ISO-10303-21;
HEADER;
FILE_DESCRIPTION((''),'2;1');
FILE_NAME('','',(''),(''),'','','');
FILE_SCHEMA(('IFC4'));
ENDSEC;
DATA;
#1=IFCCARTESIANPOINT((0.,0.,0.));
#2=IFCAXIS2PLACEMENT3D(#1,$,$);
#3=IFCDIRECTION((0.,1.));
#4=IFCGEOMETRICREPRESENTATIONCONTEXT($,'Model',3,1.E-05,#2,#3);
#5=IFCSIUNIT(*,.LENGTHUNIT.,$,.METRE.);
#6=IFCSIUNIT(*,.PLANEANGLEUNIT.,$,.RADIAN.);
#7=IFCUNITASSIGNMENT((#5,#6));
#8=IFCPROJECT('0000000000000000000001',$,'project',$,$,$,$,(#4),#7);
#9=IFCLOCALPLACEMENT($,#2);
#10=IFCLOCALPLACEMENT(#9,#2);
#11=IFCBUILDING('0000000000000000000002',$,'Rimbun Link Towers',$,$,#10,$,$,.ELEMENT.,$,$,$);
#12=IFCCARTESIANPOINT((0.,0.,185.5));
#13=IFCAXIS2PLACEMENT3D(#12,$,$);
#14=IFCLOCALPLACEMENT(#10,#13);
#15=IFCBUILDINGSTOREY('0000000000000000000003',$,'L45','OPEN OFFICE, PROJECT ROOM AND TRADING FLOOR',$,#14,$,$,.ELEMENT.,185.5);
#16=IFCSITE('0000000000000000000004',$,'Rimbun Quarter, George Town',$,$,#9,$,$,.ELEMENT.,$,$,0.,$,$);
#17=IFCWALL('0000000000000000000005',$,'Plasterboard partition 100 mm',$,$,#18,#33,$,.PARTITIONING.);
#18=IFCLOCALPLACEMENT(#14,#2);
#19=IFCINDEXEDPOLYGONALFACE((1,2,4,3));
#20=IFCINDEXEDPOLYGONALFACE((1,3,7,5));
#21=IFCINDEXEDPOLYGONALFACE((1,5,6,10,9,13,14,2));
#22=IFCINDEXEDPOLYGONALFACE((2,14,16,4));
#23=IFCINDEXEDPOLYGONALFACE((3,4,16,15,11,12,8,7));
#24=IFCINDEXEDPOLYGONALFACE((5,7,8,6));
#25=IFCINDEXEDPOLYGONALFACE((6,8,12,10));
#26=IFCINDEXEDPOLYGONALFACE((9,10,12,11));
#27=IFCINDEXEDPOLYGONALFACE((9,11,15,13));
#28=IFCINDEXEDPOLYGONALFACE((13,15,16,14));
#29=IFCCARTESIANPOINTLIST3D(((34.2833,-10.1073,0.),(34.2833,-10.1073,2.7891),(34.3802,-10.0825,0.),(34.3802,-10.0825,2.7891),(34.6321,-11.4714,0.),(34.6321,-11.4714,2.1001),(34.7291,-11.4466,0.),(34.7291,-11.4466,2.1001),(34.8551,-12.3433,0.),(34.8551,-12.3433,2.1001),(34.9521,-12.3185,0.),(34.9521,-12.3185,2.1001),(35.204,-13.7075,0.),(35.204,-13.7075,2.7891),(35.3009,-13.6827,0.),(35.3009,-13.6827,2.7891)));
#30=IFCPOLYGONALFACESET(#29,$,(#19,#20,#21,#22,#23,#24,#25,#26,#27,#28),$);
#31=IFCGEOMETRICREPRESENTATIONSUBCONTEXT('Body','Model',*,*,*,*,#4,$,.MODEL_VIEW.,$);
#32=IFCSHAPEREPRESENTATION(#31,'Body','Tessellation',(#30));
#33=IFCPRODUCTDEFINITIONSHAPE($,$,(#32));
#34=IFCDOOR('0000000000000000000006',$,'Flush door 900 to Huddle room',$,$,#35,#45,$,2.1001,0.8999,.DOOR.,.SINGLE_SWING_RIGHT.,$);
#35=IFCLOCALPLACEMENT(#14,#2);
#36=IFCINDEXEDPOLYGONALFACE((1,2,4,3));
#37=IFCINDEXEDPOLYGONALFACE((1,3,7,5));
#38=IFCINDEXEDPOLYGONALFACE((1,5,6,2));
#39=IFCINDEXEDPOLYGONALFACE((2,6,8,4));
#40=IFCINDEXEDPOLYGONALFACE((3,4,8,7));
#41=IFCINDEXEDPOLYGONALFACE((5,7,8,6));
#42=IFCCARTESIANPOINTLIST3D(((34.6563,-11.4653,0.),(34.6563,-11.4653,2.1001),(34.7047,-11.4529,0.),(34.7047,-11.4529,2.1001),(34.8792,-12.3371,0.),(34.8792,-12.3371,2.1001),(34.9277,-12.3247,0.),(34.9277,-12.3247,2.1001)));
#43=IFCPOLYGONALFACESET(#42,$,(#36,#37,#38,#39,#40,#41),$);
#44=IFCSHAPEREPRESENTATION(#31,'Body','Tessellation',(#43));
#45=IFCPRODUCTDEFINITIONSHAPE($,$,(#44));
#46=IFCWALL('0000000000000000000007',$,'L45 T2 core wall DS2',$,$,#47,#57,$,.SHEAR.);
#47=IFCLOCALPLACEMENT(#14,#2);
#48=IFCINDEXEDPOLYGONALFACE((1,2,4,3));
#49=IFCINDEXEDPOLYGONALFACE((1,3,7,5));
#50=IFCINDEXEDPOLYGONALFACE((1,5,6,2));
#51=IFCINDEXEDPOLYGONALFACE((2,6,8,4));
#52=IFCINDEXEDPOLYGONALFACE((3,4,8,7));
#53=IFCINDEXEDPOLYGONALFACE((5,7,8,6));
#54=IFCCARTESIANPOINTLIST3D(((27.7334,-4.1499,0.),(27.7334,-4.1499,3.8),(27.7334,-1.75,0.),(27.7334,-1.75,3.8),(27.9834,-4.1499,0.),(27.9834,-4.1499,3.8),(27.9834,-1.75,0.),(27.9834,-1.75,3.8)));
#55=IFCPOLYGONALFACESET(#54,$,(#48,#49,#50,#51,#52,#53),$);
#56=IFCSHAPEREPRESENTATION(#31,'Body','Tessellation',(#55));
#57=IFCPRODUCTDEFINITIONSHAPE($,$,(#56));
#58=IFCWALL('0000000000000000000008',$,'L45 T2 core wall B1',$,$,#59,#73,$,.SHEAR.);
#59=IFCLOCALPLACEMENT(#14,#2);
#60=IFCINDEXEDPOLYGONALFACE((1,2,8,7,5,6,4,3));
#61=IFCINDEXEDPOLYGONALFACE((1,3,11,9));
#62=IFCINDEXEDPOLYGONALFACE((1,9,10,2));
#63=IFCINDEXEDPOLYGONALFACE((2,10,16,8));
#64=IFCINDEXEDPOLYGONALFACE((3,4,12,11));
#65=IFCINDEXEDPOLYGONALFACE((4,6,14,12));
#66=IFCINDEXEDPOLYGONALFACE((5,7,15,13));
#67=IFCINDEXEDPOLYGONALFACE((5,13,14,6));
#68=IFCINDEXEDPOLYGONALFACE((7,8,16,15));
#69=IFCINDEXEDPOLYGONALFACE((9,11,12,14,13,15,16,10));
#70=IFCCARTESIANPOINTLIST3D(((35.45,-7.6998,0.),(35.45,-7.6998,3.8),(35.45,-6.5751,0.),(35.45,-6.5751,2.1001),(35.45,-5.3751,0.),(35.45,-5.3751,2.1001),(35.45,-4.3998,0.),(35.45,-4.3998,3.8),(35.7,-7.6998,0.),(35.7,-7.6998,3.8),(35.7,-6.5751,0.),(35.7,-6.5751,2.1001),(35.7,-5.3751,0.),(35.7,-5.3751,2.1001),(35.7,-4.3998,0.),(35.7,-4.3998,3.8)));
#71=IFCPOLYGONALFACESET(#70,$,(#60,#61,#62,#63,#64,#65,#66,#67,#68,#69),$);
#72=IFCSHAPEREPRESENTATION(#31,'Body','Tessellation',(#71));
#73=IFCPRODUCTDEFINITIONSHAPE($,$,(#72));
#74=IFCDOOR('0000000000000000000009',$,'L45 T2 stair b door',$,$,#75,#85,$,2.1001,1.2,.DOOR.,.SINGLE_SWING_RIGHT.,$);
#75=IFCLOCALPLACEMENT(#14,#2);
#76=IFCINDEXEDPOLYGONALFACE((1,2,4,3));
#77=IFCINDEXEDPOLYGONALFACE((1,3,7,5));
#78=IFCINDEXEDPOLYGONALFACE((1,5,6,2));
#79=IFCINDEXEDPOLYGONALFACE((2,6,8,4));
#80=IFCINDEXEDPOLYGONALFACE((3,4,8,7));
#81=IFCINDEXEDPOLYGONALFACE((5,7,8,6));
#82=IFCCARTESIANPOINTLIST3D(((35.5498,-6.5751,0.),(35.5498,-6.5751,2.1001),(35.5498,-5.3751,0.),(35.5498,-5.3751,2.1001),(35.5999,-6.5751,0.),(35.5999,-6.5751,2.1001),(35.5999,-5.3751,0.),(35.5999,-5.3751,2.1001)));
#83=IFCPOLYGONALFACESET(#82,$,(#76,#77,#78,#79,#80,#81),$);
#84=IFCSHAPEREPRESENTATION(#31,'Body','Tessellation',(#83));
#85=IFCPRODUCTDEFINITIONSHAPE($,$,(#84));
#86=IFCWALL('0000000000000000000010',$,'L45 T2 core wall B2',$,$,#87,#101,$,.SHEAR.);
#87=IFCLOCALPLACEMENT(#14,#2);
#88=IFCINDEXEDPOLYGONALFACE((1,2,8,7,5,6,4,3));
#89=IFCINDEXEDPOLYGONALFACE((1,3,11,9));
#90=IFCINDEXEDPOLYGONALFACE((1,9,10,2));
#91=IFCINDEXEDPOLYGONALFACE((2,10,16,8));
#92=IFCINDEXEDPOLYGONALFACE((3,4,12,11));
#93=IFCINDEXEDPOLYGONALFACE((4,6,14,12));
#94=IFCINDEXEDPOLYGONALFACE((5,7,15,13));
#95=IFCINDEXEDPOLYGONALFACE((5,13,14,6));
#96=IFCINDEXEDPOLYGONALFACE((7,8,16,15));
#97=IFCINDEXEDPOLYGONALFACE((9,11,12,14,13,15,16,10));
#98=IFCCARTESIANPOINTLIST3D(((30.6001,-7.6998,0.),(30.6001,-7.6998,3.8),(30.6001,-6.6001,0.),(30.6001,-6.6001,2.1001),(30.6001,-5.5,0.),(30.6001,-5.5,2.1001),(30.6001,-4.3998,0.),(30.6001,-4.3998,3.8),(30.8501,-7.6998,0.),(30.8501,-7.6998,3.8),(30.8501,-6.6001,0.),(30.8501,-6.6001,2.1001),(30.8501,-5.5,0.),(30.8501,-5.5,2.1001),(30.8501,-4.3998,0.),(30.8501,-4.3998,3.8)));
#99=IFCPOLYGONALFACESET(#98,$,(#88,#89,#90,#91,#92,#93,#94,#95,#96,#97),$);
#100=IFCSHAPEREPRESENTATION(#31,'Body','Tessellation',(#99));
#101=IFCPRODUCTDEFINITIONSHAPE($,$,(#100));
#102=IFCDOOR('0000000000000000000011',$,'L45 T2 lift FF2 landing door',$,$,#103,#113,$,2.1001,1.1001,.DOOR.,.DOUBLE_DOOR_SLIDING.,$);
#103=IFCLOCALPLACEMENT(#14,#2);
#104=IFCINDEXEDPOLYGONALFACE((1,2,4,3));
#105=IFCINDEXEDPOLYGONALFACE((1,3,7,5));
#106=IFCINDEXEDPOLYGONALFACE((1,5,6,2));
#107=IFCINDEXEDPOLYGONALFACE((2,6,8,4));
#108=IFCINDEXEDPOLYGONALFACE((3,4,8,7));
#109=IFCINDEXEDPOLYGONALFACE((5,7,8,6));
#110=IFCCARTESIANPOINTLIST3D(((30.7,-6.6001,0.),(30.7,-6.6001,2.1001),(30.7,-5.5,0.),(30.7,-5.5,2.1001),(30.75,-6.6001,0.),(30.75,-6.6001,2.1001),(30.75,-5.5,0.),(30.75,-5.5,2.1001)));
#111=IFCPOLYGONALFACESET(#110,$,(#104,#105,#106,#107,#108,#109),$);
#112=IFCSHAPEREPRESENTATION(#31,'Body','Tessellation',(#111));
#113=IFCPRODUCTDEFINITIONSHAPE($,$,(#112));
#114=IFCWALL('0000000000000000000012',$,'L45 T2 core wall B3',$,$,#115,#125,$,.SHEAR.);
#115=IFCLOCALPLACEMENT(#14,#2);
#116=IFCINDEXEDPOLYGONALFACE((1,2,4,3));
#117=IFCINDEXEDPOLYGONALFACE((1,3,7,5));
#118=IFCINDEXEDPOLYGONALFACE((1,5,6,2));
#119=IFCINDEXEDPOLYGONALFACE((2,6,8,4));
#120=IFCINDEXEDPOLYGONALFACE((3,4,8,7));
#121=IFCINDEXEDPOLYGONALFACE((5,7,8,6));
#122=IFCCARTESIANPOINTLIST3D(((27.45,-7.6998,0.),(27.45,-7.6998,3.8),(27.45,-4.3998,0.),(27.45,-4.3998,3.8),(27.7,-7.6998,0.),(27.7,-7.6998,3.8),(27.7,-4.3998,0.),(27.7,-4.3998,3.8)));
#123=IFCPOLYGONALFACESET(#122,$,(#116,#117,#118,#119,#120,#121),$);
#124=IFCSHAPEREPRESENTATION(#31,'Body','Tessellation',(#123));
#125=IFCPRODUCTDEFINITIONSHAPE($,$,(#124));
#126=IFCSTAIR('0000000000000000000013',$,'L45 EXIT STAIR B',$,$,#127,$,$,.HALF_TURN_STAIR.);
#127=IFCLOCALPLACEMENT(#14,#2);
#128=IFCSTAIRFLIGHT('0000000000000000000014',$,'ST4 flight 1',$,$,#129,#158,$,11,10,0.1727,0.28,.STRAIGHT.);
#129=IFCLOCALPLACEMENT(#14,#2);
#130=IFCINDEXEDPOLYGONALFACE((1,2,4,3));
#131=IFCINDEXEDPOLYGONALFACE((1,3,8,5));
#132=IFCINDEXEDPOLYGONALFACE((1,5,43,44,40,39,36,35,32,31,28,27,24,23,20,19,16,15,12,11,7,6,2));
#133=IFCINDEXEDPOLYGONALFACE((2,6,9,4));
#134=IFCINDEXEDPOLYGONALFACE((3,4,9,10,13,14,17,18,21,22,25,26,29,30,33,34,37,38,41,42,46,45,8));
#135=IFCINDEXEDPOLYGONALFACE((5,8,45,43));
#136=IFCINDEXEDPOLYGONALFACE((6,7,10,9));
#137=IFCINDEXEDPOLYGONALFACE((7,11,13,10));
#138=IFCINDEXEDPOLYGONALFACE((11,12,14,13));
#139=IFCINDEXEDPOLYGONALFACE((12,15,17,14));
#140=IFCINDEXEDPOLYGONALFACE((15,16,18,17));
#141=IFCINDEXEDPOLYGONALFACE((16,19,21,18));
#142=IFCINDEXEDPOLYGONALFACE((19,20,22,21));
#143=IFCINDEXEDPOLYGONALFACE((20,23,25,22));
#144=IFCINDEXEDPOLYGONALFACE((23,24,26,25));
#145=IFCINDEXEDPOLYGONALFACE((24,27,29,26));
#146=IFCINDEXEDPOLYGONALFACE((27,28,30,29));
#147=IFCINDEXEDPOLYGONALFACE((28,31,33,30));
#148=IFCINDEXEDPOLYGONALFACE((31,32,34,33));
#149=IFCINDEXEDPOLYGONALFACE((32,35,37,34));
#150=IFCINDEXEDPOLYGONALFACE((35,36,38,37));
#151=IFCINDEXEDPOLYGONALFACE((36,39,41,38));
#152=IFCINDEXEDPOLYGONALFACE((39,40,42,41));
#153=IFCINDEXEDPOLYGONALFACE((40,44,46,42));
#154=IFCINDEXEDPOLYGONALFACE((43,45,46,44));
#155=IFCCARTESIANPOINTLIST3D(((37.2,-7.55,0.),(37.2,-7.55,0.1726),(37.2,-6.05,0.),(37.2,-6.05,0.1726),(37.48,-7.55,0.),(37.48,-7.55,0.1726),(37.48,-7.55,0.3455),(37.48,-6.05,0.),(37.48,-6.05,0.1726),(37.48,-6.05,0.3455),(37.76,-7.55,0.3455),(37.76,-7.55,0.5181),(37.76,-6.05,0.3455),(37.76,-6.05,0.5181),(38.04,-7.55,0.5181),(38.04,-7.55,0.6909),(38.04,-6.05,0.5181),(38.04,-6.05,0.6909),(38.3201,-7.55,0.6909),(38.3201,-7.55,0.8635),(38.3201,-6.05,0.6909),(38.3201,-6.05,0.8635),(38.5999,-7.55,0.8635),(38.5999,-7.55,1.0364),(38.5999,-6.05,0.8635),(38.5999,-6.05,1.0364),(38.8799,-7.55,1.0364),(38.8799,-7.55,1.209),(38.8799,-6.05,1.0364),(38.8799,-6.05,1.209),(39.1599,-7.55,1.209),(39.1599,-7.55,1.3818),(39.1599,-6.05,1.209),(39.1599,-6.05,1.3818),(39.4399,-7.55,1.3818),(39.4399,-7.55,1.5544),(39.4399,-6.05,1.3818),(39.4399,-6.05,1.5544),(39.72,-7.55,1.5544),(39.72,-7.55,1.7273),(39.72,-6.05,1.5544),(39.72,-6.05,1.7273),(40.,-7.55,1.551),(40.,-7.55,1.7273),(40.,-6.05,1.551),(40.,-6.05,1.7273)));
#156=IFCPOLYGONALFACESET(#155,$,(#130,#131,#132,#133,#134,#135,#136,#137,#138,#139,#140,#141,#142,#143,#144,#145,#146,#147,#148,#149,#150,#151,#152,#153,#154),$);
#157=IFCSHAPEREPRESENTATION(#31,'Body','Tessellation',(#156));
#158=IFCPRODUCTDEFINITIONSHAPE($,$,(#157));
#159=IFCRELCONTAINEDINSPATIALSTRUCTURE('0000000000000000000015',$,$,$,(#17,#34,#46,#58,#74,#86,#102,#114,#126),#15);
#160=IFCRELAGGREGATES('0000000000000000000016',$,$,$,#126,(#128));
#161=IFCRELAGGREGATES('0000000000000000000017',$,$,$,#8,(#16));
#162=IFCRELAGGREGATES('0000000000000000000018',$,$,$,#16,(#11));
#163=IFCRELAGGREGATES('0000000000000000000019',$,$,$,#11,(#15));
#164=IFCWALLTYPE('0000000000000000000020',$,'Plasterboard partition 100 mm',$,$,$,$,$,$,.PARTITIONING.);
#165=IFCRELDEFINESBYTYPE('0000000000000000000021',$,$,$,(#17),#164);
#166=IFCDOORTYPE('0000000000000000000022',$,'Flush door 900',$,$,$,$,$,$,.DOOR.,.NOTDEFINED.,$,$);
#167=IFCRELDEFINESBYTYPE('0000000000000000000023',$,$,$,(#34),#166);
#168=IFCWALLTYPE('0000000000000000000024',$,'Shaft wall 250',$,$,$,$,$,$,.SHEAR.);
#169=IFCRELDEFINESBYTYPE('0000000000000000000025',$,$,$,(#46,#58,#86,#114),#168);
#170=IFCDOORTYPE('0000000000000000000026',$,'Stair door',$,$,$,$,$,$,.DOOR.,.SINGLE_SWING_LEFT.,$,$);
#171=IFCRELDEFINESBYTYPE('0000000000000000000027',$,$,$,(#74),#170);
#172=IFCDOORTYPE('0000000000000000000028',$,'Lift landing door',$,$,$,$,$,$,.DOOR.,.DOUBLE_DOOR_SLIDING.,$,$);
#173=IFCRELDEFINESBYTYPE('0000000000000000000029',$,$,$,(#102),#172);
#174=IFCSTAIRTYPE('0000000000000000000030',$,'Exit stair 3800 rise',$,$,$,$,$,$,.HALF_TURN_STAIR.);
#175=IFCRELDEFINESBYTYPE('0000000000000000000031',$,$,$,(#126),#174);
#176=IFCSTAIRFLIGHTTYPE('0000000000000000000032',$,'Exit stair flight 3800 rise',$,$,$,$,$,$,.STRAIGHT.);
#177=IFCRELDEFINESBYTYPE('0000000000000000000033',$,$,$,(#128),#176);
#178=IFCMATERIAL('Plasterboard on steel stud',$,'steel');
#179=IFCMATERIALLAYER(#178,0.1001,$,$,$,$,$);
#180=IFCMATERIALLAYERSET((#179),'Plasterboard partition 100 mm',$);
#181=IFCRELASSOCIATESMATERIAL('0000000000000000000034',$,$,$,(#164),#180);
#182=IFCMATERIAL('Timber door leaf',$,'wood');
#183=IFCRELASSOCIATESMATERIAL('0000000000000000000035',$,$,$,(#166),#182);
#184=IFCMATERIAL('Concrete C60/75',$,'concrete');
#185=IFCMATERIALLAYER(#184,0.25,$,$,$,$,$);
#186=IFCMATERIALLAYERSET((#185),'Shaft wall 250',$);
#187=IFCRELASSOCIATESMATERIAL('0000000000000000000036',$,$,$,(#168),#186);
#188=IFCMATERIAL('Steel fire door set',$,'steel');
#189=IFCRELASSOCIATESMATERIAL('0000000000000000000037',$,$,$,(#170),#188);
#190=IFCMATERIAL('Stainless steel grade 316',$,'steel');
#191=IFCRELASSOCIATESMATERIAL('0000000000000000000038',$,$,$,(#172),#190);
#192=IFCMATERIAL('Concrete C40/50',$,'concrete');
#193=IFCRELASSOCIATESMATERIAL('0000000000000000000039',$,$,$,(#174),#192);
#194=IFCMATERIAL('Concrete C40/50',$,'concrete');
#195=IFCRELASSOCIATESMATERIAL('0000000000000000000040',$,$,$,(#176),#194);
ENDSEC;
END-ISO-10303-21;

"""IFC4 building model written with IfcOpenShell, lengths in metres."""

from ifc_helpers import new_model, si_unit, direction, frame, frame_2d, origin, place, context, subcontext, project, spatial, polyline, rectangle, outline, extrude, material, layer, layer_set, type_object, element, fill, aggregate, save


model = new_model("IFC4")

# Units and contexts
model_context = context("Model", 3, precision=1e-05, world=origin(), true_north=direction((0.0, 1.0)))
body_context = subcontext(model_context, "Body", "Model", "MODEL_VIEW")
ifc_project = project(units=[si_unit("LENGTHUNIT", "METRE"), si_unit("PLANEANGLEUNIT", "RADIAN")], contexts=[model_context])

# Site, building, storey
site_placement = place(None, origin())
site = spatial("IfcSite", under=ifc_project, at=site_placement, Name="Rimbun Quarter, George Town", CompositionType="ELEMENT", RefElevation=0.0)
building_placement = place(site_placement, origin())
building = spatial("IfcBuilding", under=site, at=building_placement, Name="Rimbun Link Towers", CompositionType="ELEMENT")
storey_placement = place(building_placement, frame((0.0, 0.0, 185.5)))
storey = spatial("IfcBuildingStorey", under=building, at=storey_placement, Name="L45", Description="OPEN OFFICE, PROJECT ROOM AND TRADING FLOOR", CompositionType="ELEMENT", Elevation=185.5)

# Wall, opening, door
ifc_material_1 = material(Name="Plasterboard on steel stud", Category="steel")
ifc_layer_1 = layer(ifc_material_1, 0.1001)
ifc_layer_set_1 = layer_set([ifc_layer_1], Name="Plasterboard partition 100 mm")
wall_type_1 = type_object("IfcWallType", Name="Plasterboard partition 100 mm", PredefinedType="PARTITIONING", material=ifc_layer_set_1)
ifc_material_2 = material(Name="Timber door leaf", Category="wood")
door_type_1 = type_object("IfcDoorType", Name="Flush door 900", OperationType="NOTDEFINED", PredefinedType="DOOR", material=ifc_material_2)
wall_1_placement = place(storey_placement, frame((34.3318, -10.095, 0.0), z_axis=(0.0, 0.0, 1.0), x_axis=(0.247757, -0.968822, 0.0)))
wall_1 = element("IfcWall", 1, at=wall_1_placement, inside=storey, type_object=wall_type_1, Name="Plasterboard partition 100 mm", PredefinedType="PARTITIONING", context=body_context, shape_type="SweptSolid", body=[
    extrude(rectangle(XDim=3.7161, YDim=0.1001, at=frame_2d((1.8579, 0.0))), origin(), (0.0, 0.0, 1.0), 2.7891),
])
opening_1_placement = place(wall_1_placement, frame((1.408, 0.0, 0.0)))
opening_1 = element("IfcOpeningElement", 2, at=opening_1_placement, cuts=wall_1, PredefinedType="OPENING", context=body_context, shape_type="SweptSolid", body=[
    extrude(rectangle(XDim=0.8999, YDim=2.1001, at=frame_2d((0.45, 1.05))), frame((0.0, 0.0601, 0.0), z_axis=(0.0, -1.0, 0.0), x_axis=(1.0, 0.0, 0.0)), (0.0, 0.0, 1.0), 0.1201),
])
door_1_placement = place(opening_1_placement, origin())
door_1 = element("IfcDoor", 3, at=door_1_placement, inside=storey, type_object=door_type_1, Name="Flush door 900 to Huddle room", OperationType="SINGLE_SWING_RIGHT", OverallHeight=2.1001, OverallWidth=0.8999, PredefinedType="DOOR", context=body_context, shape_type="SweptSolid", body=[
    extrude(rectangle(XDim=0.8999, YDim=2.1001, at=frame_2d((0.45, 1.05))), frame((0.0, 0.0249, 0.0), z_axis=(0.0, -1.0, 0.0), x_axis=(1.0, 0.0, 0.0)), (0.0, 0.0, 1.0), 0.05),
])
fill(opening_1, door_1)

# Wall
ifc_material_3 = material(Name="Concrete C60/75", Category="concrete")
ifc_layer_2 = layer(ifc_material_3, 0.25)
ifc_layer_set_2 = layer_set([ifc_layer_2], Name="Shaft wall 250")
wall_type_2 = type_object("IfcWallType", Name="Shaft wall 250", PredefinedType="SHEAR", material=ifc_layer_set_2)
wall_2_placement = place(storey_placement, frame((27.8584, -4.1499, 0.0), z_axis=(0.0, 0.0, 1.0), x_axis=(0.0, 1.0, 0.0)))
element("IfcWall", 4, at=wall_2_placement, inside=storey, type_object=wall_type_2, Name="L45 T2 core wall DS2", PredefinedType="SHEAR", context=body_context, shape_type="SweptSolid", body=[
    extrude(rectangle(XDim=2.3999, YDim=0.25, at=frame_2d((1.2, 0.0))), origin(), (0.0, 0.0, 1.0), 3.8),
])

# Walls, openings, doors
wall_3_placement = place(storey_placement, frame((35.575, -4.3999, 0.0), z_axis=(0.0, 0.0, 1.0), x_axis=(0.0, -1.0, 0.0)))
wall_3 = element("IfcWall", 5, at=wall_3_placement, inside=storey, type_object=wall_type_2, Name="L45 T2 core wall B1", PredefinedType="SHEAR", context=body_context, shape_type="SweptSolid", body=[
    extrude(rectangle(XDim=3.3, YDim=0.25, at=frame_2d((1.6499, 0.0))), origin(), (0.0, 0.0, 1.0), 3.8),
])
opening_2_placement = place(wall_3_placement, frame((0.9751, 0.0, 0.0)))
opening_2 = element("IfcOpeningElement", 6, at=opening_2_placement, cuts=wall_3, PredefinedType="OPENING", context=body_context, shape_type="SweptSolid", body=[
    extrude(rectangle(XDim=1.2, YDim=2.1001, at=frame_2d((0.6001, 1.05))), frame((0.0, 0.135, 0.0), z_axis=(0.0, -1.0, 0.0), x_axis=(1.0, 0.0, 0.0)), (0.0, 0.0, 1.0), 0.27),
])
ifc_material_4 = material(Name="Steel fire door set", Category="steel")
door_type_2 = type_object("IfcDoorType", Name="Stair door", OperationType="SINGLE_SWING_LEFT", PredefinedType="DOOR", material=ifc_material_4)
door_2_placement = place(opening_2_placement, origin())
door_2 = element("IfcDoor", 7, at=door_2_placement, inside=storey, type_object=door_type_2, Name="L45 T2 stair b door", OperationType="SINGLE_SWING_RIGHT", OverallHeight=2.1001, OverallWidth=1.2, PredefinedType="DOOR", context=body_context, shape_type="SweptSolid", body=[
    extrude(rectangle(XDim=1.2, YDim=2.1001, at=frame_2d((0.6001, 1.05))), frame((0.0, 0.0249, 0.0), z_axis=(0.0, -1.0, 0.0), x_axis=(1.0, 0.0, 0.0)), (0.0, 0.0, 1.0), 0.05),
])
fill(opening_2, door_2)
wall_4_placement = place(storey_placement, frame((30.7251, -4.3999, 0.0), z_axis=(0.0, 0.0, 1.0), x_axis=(0.0, -1.0, 0.0)))
wall_4 = element("IfcWall", 8, at=wall_4_placement, inside=storey, type_object=wall_type_2, Name="L45 T2 core wall B2", PredefinedType="SHEAR", context=body_context, shape_type="SweptSolid", body=[
    extrude(rectangle(XDim=3.3, YDim=0.25, at=frame_2d((1.6499, 0.0))), origin(), (0.0, 0.0, 1.0), 3.8),
])
opening_3_placement = place(wall_4_placement, frame((1.1001, 0.0, 0.0)))
opening_3 = element("IfcOpeningElement", 9, at=opening_3_placement, cuts=wall_4, PredefinedType="OPENING", context=body_context, shape_type="SweptSolid", body=[
    extrude(rectangle(XDim=1.1001, YDim=2.1001, at=frame_2d((0.55, 1.05))), frame((0.0, 0.135, 0.0), z_axis=(0.0, -1.0, 0.0), x_axis=(1.0, 0.0, 0.0)), (0.0, 0.0, 1.0), 0.27),
])
ifc_material_5 = material(Name="Stainless steel grade 316", Category="steel")
door_type_3 = type_object("IfcDoorType", Name="Lift landing door", OperationType="DOUBLE_DOOR_SLIDING", PredefinedType="DOOR", material=ifc_material_5)
door_3_placement = place(opening_3_placement, origin())
door_3 = element("IfcDoor", 10, at=door_3_placement, inside=storey, type_object=door_type_3, Name="L45 T2 lift FF2 landing door", OperationType="DOUBLE_DOOR_SLIDING", OverallHeight=2.1001, OverallWidth=1.1001, PredefinedType="DOOR", context=body_context, shape_type="SweptSolid", body=[
    extrude(rectangle(XDim=1.1001, YDim=2.1001, at=frame_2d((0.55, 1.05))), frame((0.0, 0.0249, 0.0), z_axis=(0.0, -1.0, 0.0), x_axis=(1.0, 0.0, 0.0)), (0.0, 0.0, 1.0), 0.05),
])
fill(opening_3, door_3)

# Wall
wall_5_placement = place(storey_placement, frame((27.575, -4.3999, 0.0), z_axis=(0.0, 0.0, 1.0), x_axis=(0.0, -1.0, 0.0)))
element("IfcWall", 11, at=wall_5_placement, inside=storey, type_object=wall_type_2, Name="L45 T2 core wall B3", PredefinedType="SHEAR", context=body_context, shape_type="SweptSolid", body=[
    extrude(rectangle(XDim=3.3, YDim=0.25, at=frame_2d((1.6499, 0.0))), origin(), (0.0, 0.0, 1.0), 3.8),
])

# Stair, stair flight
ifc_material_6 = material(Name="Concrete C40/50", Category="concrete")
stair_type = type_object("IfcStairType", Name="Exit stair 3800 rise", PredefinedType="HALF_TURN_STAIR", material=ifc_material_6)
stair_placement = place(storey_placement, origin())
stair = element("IfcStair", 12, at=stair_placement, inside=storey, type_object=stair_type, Name="L45 EXIT STAIR B", PredefinedType="HALF_TURN_STAIR")
ifc_material_7 = material(Name="Concrete C40/50", Category="concrete")
stair_flight_type = type_object("IfcStairFlightType", Name="Exit stair flight 3800 rise", PredefinedType="STRAIGHT", material=ifc_material_7)
stair_flight_placement = place(storey_placement, frame((37.2, -6.8, 0.0), z_axis=(0.0, 0.0, 1.0), x_axis=(1.0, 0.0, 0.0)))
stair_flight = element("IfcStairFlight", 13, at=stair_flight_placement, type_object=stair_flight_type, Name="ST4 flight 1", NumberOfRisers=11, NumberOfTreads=10, PredefinedType="STRAIGHT", RiserHeight=0.1727, TreadLength=0.28, context=body_context, shape_type="SweptSolid", body=[
    extrude(outline(polyline([(0.0, 0.0), (0.0, 0.1726), (0.28, 0.1726), (0.28, 0.3455), (0.5601, 0.3455), (0.5601, 0.5181), (0.8401, 0.5181), (0.8401, 0.6909), (1.1201, 0.6909), (1.1201, 0.8635), (1.3999, 0.8635), (1.3999, 1.0364), (1.6799, 1.0364), (1.6799, 1.209), (1.96, 1.209), (1.96, 1.3818), (2.24, 1.3818), (2.24, 1.5544), (2.52, 1.5544), (2.52, 1.7273), (2.8, 1.7273), (2.8, 1.8999), (2.8, 1.551), (0.28, 0.0), (0.0, 0.0)])), frame((0.0, 0.75, 0.0), z_axis=(0.0, -1.0, 0.0), x_axis=(1.0, 0.0, 0.0)), (0.0, 0.0, 1.0), 1.5),
])
aggregate(stair, [stair_flight])

save(model, "model.ifc")
